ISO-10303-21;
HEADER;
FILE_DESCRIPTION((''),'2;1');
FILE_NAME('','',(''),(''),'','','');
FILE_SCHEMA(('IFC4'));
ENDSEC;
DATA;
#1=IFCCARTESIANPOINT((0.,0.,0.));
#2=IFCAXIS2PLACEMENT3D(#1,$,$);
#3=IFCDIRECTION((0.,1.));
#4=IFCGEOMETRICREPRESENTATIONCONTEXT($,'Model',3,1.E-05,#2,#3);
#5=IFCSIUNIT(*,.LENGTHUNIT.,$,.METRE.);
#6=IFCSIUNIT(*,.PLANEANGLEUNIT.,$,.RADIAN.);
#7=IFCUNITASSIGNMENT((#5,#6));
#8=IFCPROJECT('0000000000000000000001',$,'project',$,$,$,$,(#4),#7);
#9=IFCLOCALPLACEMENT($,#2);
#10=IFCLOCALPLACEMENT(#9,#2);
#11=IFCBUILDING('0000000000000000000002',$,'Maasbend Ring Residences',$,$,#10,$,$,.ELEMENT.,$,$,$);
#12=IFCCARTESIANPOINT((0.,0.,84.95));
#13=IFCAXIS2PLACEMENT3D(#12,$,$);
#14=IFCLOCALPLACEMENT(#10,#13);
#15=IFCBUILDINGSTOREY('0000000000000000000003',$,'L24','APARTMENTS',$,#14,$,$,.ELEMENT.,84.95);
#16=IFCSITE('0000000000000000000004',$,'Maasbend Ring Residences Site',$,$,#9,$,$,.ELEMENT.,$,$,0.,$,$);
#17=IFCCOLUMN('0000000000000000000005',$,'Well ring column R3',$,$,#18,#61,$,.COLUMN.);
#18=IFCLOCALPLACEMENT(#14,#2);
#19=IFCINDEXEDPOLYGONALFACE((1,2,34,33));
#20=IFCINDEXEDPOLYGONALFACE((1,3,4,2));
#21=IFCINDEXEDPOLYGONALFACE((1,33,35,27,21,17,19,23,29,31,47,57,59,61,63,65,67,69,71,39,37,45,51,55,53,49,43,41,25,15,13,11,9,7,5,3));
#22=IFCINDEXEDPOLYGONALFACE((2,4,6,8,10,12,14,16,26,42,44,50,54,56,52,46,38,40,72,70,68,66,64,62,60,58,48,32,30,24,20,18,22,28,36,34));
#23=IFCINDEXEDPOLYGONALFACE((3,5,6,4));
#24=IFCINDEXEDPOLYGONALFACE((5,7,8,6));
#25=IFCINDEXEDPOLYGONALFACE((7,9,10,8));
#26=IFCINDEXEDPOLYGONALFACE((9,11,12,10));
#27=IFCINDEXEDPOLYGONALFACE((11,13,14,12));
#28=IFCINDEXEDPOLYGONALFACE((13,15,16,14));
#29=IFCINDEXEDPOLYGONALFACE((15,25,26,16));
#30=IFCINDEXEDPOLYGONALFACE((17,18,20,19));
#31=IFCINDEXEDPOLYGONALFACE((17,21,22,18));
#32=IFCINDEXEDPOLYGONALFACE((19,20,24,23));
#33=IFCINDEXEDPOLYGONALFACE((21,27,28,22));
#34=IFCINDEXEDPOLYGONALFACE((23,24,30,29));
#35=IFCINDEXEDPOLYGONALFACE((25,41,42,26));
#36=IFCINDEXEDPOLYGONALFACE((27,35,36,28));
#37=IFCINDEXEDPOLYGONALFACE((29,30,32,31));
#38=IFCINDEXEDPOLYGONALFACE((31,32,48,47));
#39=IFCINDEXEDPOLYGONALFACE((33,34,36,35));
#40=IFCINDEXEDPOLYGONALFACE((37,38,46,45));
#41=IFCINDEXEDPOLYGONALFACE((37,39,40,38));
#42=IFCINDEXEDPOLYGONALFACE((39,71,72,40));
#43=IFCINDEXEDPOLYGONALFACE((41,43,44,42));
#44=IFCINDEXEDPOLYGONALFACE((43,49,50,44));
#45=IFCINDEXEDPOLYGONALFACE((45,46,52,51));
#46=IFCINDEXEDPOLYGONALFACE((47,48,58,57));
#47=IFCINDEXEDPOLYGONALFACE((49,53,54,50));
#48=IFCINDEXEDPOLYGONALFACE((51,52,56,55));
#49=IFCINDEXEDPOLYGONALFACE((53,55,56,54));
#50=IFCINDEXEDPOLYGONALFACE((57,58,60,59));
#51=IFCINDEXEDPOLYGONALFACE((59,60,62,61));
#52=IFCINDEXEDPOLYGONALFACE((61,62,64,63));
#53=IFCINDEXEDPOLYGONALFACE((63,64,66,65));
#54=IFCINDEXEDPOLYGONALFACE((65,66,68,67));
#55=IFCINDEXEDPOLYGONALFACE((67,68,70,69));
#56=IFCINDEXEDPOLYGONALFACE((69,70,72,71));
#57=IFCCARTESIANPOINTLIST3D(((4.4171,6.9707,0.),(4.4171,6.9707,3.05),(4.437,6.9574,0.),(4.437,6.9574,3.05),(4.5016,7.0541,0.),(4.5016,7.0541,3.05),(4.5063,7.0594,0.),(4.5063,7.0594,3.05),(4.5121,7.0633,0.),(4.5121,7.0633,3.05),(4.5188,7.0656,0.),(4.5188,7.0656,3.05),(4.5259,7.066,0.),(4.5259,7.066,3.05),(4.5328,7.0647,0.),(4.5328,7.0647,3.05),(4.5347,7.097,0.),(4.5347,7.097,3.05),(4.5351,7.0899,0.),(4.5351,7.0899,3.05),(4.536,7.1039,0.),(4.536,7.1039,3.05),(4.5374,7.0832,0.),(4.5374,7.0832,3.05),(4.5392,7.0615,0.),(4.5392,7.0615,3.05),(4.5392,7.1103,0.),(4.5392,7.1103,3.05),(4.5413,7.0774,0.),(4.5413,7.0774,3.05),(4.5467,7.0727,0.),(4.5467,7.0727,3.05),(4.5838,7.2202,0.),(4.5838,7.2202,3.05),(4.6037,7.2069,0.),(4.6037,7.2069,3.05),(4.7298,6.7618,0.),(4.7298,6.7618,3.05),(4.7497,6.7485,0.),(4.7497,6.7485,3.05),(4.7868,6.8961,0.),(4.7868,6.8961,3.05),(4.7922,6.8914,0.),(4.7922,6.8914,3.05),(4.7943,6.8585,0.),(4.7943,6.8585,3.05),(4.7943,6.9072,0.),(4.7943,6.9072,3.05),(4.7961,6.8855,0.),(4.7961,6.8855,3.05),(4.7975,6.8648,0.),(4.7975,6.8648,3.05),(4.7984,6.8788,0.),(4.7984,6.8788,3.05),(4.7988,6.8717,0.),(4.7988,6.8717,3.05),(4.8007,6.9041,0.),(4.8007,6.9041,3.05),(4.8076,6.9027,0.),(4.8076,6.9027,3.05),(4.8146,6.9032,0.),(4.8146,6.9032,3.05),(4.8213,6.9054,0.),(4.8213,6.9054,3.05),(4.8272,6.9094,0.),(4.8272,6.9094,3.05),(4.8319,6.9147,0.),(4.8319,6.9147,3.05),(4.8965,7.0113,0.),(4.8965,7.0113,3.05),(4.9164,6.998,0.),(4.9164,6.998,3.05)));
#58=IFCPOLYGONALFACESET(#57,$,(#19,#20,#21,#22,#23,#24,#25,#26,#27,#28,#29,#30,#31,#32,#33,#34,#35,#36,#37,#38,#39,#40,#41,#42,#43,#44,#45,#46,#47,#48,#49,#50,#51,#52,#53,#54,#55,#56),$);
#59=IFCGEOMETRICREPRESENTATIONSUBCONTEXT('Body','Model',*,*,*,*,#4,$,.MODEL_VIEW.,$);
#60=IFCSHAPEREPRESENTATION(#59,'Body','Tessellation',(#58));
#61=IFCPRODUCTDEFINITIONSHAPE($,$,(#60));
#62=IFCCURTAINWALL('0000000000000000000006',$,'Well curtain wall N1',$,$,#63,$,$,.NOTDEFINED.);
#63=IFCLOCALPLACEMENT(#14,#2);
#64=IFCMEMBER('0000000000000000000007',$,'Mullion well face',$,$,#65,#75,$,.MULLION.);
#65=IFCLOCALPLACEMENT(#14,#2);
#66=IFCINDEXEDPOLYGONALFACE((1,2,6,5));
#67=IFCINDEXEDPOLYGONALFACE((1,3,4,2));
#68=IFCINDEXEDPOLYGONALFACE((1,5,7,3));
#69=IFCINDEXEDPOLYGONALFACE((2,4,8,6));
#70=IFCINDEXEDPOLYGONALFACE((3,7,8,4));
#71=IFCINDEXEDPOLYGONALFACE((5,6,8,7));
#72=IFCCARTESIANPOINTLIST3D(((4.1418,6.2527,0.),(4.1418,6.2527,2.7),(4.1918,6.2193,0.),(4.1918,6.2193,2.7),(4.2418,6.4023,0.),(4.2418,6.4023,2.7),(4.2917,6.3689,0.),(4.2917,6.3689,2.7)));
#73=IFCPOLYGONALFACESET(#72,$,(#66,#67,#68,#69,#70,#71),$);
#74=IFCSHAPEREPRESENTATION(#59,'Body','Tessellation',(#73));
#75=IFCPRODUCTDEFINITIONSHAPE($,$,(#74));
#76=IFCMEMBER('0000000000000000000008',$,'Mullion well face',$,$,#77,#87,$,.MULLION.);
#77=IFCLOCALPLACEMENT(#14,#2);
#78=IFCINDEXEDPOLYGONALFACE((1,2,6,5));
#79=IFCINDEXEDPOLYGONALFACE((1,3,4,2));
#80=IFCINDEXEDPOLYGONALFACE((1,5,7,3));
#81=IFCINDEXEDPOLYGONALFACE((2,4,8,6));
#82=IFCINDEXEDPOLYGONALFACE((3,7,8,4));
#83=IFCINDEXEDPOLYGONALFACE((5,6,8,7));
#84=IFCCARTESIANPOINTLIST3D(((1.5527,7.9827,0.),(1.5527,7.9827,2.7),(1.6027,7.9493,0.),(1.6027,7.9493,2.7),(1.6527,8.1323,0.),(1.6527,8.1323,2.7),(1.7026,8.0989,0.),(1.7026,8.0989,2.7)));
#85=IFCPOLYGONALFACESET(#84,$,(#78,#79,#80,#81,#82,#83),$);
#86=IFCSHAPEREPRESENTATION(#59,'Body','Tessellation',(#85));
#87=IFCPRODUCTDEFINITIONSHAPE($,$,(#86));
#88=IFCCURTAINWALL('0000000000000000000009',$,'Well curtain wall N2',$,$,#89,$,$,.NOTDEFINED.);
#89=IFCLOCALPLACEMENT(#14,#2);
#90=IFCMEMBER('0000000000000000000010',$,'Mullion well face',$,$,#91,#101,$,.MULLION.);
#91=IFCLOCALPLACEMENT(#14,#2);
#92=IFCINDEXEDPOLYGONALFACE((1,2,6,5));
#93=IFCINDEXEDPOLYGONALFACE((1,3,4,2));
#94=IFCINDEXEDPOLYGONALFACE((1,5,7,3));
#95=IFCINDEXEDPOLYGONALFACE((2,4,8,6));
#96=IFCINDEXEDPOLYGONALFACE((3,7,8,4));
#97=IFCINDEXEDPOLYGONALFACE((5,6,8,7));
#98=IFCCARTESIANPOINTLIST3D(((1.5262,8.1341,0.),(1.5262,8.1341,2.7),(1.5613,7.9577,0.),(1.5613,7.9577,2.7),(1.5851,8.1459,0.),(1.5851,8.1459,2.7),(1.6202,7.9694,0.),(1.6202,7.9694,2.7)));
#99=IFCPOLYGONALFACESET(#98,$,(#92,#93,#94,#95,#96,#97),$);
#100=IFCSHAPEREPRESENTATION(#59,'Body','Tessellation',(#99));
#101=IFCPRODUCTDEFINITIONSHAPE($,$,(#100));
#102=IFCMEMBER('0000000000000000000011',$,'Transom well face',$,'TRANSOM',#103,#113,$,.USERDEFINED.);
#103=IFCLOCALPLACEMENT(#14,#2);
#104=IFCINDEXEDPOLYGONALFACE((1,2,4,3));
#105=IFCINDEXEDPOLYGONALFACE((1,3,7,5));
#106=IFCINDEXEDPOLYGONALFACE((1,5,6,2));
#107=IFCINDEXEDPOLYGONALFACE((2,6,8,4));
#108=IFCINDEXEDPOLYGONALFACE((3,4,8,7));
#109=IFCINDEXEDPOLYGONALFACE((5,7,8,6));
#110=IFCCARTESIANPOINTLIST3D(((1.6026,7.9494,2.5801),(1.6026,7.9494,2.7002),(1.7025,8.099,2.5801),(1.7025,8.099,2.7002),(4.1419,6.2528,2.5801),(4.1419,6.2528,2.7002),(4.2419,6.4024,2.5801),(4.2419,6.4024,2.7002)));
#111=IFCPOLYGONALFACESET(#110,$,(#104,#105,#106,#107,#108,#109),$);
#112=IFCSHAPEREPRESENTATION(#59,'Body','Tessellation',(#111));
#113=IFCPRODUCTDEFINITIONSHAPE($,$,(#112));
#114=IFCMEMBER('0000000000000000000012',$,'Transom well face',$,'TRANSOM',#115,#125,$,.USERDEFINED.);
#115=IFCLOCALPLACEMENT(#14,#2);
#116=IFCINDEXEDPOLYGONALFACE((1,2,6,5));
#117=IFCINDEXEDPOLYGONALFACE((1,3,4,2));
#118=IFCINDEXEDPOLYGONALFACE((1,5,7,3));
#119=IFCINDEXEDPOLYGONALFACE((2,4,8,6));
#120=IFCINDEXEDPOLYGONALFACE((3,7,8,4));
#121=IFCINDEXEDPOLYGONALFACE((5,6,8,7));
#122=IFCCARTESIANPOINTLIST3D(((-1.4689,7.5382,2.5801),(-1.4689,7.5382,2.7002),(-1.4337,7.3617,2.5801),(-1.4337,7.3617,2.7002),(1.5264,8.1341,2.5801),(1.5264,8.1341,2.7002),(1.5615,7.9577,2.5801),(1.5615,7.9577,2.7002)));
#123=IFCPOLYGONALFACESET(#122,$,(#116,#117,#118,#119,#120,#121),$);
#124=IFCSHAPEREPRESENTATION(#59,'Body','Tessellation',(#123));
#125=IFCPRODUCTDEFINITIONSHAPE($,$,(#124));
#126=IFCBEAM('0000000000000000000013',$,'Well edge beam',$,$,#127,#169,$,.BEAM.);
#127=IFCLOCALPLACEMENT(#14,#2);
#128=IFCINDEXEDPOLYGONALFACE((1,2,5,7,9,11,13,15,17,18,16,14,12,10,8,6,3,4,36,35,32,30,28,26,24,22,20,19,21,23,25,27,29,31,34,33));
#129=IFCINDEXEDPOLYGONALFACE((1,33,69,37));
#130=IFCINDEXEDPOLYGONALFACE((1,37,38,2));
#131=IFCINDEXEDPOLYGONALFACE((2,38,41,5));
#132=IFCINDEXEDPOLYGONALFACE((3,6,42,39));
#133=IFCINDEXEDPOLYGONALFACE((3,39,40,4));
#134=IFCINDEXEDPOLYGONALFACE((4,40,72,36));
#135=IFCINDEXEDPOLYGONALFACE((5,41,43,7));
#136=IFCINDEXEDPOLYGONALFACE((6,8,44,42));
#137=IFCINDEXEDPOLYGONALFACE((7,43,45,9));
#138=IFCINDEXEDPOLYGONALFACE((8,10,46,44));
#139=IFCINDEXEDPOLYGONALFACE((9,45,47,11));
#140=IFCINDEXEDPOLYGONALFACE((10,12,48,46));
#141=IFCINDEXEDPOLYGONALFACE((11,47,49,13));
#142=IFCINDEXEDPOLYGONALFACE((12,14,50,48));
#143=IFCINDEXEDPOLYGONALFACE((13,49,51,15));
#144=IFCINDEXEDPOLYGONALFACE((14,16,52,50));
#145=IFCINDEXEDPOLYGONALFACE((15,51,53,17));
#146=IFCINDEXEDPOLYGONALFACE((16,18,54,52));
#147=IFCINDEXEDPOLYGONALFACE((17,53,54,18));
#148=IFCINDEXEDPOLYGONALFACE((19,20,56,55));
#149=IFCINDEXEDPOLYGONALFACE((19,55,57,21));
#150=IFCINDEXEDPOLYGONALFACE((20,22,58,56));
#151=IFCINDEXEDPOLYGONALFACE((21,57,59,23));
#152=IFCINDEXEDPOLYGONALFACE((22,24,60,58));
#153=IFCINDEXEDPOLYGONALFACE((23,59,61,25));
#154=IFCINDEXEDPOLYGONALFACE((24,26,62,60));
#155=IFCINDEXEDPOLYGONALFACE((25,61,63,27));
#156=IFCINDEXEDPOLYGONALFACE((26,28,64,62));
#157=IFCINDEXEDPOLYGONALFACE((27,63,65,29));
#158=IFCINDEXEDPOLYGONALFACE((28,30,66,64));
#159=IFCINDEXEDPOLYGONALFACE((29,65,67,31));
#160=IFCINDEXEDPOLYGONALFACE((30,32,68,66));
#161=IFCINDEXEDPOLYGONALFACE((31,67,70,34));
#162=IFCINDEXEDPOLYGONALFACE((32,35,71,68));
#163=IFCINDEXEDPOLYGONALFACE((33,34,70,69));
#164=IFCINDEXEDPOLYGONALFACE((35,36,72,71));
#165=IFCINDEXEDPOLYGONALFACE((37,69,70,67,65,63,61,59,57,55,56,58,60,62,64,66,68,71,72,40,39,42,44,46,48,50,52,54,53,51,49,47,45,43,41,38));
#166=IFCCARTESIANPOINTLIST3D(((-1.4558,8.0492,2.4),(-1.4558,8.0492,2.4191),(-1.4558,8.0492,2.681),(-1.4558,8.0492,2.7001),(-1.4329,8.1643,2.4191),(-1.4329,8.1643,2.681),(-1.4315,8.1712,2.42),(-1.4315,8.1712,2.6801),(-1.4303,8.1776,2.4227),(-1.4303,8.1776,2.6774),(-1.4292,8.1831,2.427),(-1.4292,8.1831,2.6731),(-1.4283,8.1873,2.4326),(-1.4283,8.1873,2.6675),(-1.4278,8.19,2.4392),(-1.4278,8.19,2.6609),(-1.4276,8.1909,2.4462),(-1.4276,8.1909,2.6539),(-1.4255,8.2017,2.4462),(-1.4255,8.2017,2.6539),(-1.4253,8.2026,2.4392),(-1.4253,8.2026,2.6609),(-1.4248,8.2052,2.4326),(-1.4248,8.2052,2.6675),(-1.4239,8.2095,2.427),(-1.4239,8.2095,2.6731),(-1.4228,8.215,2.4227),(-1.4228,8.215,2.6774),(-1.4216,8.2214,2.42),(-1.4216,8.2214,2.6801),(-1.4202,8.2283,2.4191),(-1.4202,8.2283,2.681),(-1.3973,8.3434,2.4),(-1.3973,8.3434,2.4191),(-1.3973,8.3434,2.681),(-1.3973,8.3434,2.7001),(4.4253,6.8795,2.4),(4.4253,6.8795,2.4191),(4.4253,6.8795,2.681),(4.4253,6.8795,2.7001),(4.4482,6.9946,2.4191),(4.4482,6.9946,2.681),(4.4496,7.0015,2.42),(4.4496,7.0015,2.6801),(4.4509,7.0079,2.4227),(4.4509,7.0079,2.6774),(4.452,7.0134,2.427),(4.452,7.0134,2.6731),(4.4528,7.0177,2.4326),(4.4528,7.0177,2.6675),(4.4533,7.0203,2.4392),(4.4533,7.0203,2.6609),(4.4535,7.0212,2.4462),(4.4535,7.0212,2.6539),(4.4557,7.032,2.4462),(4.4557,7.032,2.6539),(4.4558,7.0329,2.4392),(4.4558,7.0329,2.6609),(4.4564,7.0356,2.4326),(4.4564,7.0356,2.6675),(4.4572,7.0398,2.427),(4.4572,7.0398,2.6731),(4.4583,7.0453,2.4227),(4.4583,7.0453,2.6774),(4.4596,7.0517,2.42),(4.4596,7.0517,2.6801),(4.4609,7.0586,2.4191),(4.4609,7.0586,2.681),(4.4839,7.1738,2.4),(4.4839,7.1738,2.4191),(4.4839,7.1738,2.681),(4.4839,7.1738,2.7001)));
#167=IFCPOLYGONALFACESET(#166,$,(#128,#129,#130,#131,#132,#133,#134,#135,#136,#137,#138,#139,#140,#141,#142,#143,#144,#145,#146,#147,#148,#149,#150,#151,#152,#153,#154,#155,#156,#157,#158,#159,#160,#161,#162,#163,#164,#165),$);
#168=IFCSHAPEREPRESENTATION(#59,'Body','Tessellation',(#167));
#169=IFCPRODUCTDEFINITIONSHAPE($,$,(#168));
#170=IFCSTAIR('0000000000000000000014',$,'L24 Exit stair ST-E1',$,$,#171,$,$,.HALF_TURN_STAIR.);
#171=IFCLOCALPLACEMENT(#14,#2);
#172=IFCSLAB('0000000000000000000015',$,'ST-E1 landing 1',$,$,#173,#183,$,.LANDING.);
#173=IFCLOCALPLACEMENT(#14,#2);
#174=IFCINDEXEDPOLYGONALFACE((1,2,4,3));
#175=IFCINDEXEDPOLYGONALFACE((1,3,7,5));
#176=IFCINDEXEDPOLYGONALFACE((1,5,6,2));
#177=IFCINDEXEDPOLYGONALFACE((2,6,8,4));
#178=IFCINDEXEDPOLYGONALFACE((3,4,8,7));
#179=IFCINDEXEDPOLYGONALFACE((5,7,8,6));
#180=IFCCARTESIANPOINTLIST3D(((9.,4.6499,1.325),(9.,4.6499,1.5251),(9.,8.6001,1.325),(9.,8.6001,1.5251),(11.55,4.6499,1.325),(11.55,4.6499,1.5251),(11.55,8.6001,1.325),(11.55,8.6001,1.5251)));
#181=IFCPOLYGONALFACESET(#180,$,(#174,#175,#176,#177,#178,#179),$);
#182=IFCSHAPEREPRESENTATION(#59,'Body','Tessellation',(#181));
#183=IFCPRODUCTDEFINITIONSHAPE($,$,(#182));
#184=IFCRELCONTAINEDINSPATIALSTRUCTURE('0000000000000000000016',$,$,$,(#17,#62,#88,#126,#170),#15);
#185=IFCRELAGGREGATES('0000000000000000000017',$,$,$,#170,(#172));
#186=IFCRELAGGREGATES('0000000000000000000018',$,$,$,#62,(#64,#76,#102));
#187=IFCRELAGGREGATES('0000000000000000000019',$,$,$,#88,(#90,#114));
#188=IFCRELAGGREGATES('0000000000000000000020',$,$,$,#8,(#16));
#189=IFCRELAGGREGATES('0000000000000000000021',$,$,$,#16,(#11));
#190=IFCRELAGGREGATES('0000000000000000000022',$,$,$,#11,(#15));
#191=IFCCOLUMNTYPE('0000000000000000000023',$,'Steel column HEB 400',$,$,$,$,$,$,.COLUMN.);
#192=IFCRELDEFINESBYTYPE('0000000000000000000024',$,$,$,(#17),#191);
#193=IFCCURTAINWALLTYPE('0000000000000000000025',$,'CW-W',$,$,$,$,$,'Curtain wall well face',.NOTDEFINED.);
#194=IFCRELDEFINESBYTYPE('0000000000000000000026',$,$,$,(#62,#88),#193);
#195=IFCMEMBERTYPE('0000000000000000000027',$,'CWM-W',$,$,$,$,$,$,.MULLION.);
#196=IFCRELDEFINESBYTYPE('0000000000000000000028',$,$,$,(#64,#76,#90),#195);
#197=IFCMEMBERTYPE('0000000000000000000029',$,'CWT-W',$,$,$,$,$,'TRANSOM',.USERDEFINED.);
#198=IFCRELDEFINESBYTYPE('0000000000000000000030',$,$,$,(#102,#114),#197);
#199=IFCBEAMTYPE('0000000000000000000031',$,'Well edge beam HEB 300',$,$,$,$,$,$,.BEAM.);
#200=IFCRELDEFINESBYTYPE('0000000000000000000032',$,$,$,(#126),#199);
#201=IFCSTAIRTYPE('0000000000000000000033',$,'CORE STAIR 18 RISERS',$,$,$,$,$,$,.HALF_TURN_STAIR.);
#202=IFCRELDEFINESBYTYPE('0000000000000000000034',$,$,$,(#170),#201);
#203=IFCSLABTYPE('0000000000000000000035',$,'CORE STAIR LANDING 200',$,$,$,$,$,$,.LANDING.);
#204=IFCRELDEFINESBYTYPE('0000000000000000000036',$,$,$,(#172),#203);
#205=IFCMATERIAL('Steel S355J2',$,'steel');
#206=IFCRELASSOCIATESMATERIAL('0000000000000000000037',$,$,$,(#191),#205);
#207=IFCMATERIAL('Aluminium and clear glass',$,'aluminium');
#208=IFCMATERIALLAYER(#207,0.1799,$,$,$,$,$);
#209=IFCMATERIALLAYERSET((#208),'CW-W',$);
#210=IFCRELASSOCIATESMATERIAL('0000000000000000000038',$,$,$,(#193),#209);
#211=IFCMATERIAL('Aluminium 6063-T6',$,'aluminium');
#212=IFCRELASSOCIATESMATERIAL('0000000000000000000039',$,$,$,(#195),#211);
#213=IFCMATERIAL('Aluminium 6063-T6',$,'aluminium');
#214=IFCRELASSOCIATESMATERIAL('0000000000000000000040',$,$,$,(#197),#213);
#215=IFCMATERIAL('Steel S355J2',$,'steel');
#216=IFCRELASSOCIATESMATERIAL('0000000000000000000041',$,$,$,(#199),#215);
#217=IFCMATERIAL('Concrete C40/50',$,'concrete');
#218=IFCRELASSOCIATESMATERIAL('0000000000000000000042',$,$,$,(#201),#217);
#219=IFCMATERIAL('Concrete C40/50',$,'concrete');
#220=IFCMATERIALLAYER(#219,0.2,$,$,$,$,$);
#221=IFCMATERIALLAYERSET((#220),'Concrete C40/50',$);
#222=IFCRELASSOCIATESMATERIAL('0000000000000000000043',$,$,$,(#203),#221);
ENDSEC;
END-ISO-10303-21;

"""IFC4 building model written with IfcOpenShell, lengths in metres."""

from ifc_helpers import new_model, si_unit, direction, frame, origin, origin_2d, place, context, subcontext, project, spatial, polyline, rectangle, i_section, outline, extrude, material, layer, layer_set, material_profile, profile_set, type_object, element, aggregate, save


model = new_model("IFC4")

# Units and contexts
model_context = context("Model", 3, precision=1e-05, world=origin(), true_north=direction((0.0, 1.0)))
body_context = subcontext(model_context, "Body", "Model", "MODEL_VIEW")
ifc_project = project(units=[si_unit("LENGTHUNIT", "METRE"), si_unit("PLANEANGLEUNIT", "RADIAN")], contexts=[model_context])

# Site, building, storey
site_placement = place(None, origin())
site = spatial("IfcSite", under=ifc_project, at=site_placement, Name="Maasbend Ring Residences Site", CompositionType="ELEMENT", RefElevation=0.0)
building_placement = place(site_placement, origin())
building = spatial("IfcBuilding", under=site, at=building_placement, Name="Maasbend Ring Residences", CompositionType="ELEMENT")
storey_placement = place(building_placement, frame((0.0, 0.0, 84.95)))
storey = spatial("IfcBuildingStorey", under=building, at=storey_placement, Name="L24", Description="APARTMENTS", CompositionType="ELEMENT", Elevation=84.95)

# Column
ifc_material_1 = material(Name="Steel S355J2", Category="steel")
ifc_material_profile_1 = material_profile(ifc_material_1, i_section(OverallWidth=0.3, OverallDepth=0.3999, WebThickness=0.0134, FlangeThickness=0.0239, FilletRadius=0.0271, at=origin_2d()), Name="HEB 400")
ifc_profile_set_1 = profile_set([ifc_material_profile_1], Name="Steel S355J2")
column_type = type_object("IfcColumnType", Name="Steel column HEB 400", PredefinedType="COLUMN", material=ifc_profile_set_1)
column_placement = place(storey_placement, frame((4.6667, 6.9844, 0.0), z_axis=(0.0, 0.0, 1.0), x_axis=(0.55557, 0.83147, 0.0)))
element("IfcColumn", 1, at=column_placement, inside=storey, type_object=column_type, Name="Well ring column R3", PredefinedType="COLUMN", context=body_context, shape_type="SweptSolid", body=[
    extrude(i_section(OverallWidth=0.3, OverallDepth=0.3999, WebThickness=0.0134, FlangeThickness=0.0239, FilletRadius=0.0271, at=origin_2d()), origin(), (0.0, 0.0, 1.0), 3.05),
])

# Curtain wall, members
ifc_material_2 = material(Name="Aluminium and clear glass", Category="aluminium")
ifc_layer_1 = layer(ifc_material_2, 0.1799)
ifc_layer_set_1 = layer_set([ifc_layer_1], Name="CW-W")
curtain_wall_type = type_object("IfcCurtainWallType", Name="CW-W", ElementType="Curtain wall well face", PredefinedType="NOTDEFINED", material=ifc_layer_set_1)
curtain_wall_1_placement = place(storey_placement, origin())
curtain_wall_1 = element("IfcCurtainWall", 2, at=curtain_wall_1_placement, inside=storey, type_object=curtain_wall_type, Name="Well curtain wall N1", PredefinedType="NOTDEFINED")
ifc_material_3 = material(Name="Aluminium 6063-T6", Category="aluminium")
ifc_material_profile_2 = material_profile(ifc_material_3, rectangle(XDim=0.1799, YDim=0.0601, at=origin_2d()), Name="AL 180x60")
ifc_profile_set_2 = profile_set([ifc_material_profile_2], Name="Aluminium 6063-T6")
member_type_1 = type_object("IfcMemberType", Name="CWM-W", PredefinedType="MULLION", material=ifc_profile_set_2)
member_1_placement = place(storey_placement, frame((4.2168, 6.3108, 0.0), z_axis=(0.0, 0.0, 1.0), x_axis=(-0.55557, -0.83147, 0.0)))
member_1 = element("IfcMember", 3, at=member_1_placement, type_object=member_type_1, Name="Mullion well face", PredefinedType="MULLION", context=body_context, shape_type="SweptSolid", body=[
    extrude(rectangle(XDim=0.1799, YDim=0.0601, at=origin_2d()), origin(), (0.0, 0.0, 1.0), 2.7),
])
member_2_placement = place(storey_placement, frame((1.6277, 8.0408, 0.0), z_axis=(0.0, 0.0, 1.0), x_axis=(-0.55557, -0.83147, 0.0)))
member_2 = element("IfcMember", 4, at=member_2_placement, type_object=member_type_1, Name="Mullion well face", PredefinedType="MULLION", context=body_context, shape_type="SweptSolid", body=[
    extrude(rectangle(XDim=0.1799, YDim=0.0601, at=origin_2d()), origin(), (0.0, 0.0, 1.0), 2.7),
])

# Curtain wall, member
curtain_wall_2_placement = place(storey_placement, origin())
curtain_wall_2 = element("IfcCurtainWall", 5, at=curtain_wall_2_placement, inside=storey, type_object=curtain_wall_type, Name="Well curtain wall N2", PredefinedType="NOTDEFINED")
member_3_placement = place(storey_placement, frame((1.5732, 8.0518, 0.0), z_axis=(0.0, 0.0, 1.0), x_axis=(0.19509, -0.980785, 0.0)))
member_3 = element("IfcMember", 6, at=member_3_placement, type_object=member_type_1, Name="Mullion well face", PredefinedType="MULLION", context=body_context, shape_type="SweptSolid", body=[
    extrude(rectangle(XDim=0.1799, YDim=0.0601, at=origin_2d()), origin(), (0.0, 0.0, 1.0), 2.7),
])

# Members
ifc_material_4 = material(Name="Aluminium 6063-T6", Category="aluminium")
ifc_material_profile_3 = material_profile(ifc_material_4, rectangle(XDim=0.1799, YDim=0.1201, at=origin_2d()), Name="AL 180x120")
ifc_profile_set_3 = profile_set([ifc_material_profile_3], Name="Aluminium 6063-T6")
member_type_2 = type_object("IfcMemberType", Name="CWT-W", ElementType="TRANSOM", PredefinedType="USERDEFINED", material=ifc_profile_set_3)
member_4_placement = place(storey_placement, frame((4.1919, 6.3276, 2.6401), z_axis=(-0.831496, 0.55553, 0.0), x_axis=(-0.55553, -0.831496, 0.0)))
member_4 = element("IfcMember", 7, at=member_4_placement, type_object=member_type_2, Name="Transom well face", ObjectType="TRANSOM", PredefinedType="USERDEFINED", context=body_context, shape_type="SweptSolid", body=[
    extrude(rectangle(XDim=0.1799, YDim=0.1201, at=origin_2d()), origin(), (0.0, 0.0, 1.0), 3.054),
])
member_5_placement = place(storey_placement, frame((1.5439, 8.0459, 2.6401), z_axis=(-0.980777, -0.195132, 0.0), x_axis=(0.195132, -0.980777, 0.0)))
member_5 = element("IfcMember", 8, at=member_5_placement, type_object=member_type_2, Name="Transom well face", ObjectType="TRANSOM", PredefinedType="USERDEFINED", context=body_context, shape_type="SweptSolid", body=[
    extrude(rectangle(XDim=0.1799, YDim=0.1201, at=origin_2d()), origin(), (0.0, 0.0, 1.0), 3.054),
])

# Beam
ifc_material_5 = material(Name="Steel S355J2", Category="steel")
ifc_material_profile_4 = material_profile(ifc_material_5, i_section(OverallWidth=0.3, OverallDepth=0.3, WebThickness=0.011, FlangeThickness=0.019, FilletRadius=0.0271, at=origin_2d()), Name="HEB 300")
ifc_profile_set_4 = profile_set([ifc_material_profile_4], Name="Steel S355J2")
beam_type = type_object("IfcBeamType", Name="Well edge beam HEB 300", PredefinedType="BEAM", material=ifc_profile_set_4)
beam_placement = place(storey_placement, frame((4.4546, 7.0266, 2.55), z_axis=(-0.98079, 0.195067, 0.0), x_axis=(-0.195067, -0.98079, 0.0)))
element("IfcBeam", 9, at=beam_placement, inside=storey, type_object=beam_type, Name="Well edge beam", PredefinedType="BEAM", context=body_context, shape_type="SweptSolid", body=[
    extrude(i_section(OverallWidth=0.3, OverallDepth=0.3, WebThickness=0.011, FlangeThickness=0.019, FilletRadius=0.0271, at=origin_2d()), origin(), (0.0, 0.0, 1.0), 5.9963),
])

# Stair, slab
ifc_material_6 = material(Name="Concrete C40/50", Category="concrete")
stair_type = type_object("IfcStairType", Name="CORE STAIR 18 RISERS", PredefinedType="HALF_TURN_STAIR", material=ifc_material_6)
stair_1_placement = place(storey_placement, origin())
stair_1 = element("IfcStair", 10, at=stair_1_placement, inside=storey, type_object=stair_type, Name="L24 Exit stair ST-E1", PredefinedType="HALF_TURN_STAIR")
ifc_material_7 = material(Name="Concrete C40/50", Category="concrete")
ifc_layer_2 = layer(ifc_material_7, 0.2)
ifc_layer_set_2 = layer_set([ifc_layer_2], Name="Concrete C40/50")
slab_type = type_object("IfcSlabType", Name="CORE STAIR LANDING 200", PredefinedType="LANDING", material=ifc_layer_set_2)
slab_1_placement = place(storey_placement, frame((0.0, 0.0, 1.325)))
slab_1 = element("IfcSlab", 11, at=slab_1_placement, type_object=slab_type, Name="ST-E1 landing 1", PredefinedType="LANDING", context=body_context, shape_type="SweptSolid", body=[
    extrude(outline(polyline([(11.55, 8.6001), (9.0, 8.6001), (9.0, 4.6499), (11.55, 4.6499), (11.55, 8.6001)])), origin(), (0.0, 0.0, 1.0), 0.2002),
])
aggregate(stair_1, [slab_1])

aggregate(curtain_wall_1, [member_1, member_2, member_4])
aggregate(curtain_wall_2, [member_3, member_5])

save(model, "model.ifc")
